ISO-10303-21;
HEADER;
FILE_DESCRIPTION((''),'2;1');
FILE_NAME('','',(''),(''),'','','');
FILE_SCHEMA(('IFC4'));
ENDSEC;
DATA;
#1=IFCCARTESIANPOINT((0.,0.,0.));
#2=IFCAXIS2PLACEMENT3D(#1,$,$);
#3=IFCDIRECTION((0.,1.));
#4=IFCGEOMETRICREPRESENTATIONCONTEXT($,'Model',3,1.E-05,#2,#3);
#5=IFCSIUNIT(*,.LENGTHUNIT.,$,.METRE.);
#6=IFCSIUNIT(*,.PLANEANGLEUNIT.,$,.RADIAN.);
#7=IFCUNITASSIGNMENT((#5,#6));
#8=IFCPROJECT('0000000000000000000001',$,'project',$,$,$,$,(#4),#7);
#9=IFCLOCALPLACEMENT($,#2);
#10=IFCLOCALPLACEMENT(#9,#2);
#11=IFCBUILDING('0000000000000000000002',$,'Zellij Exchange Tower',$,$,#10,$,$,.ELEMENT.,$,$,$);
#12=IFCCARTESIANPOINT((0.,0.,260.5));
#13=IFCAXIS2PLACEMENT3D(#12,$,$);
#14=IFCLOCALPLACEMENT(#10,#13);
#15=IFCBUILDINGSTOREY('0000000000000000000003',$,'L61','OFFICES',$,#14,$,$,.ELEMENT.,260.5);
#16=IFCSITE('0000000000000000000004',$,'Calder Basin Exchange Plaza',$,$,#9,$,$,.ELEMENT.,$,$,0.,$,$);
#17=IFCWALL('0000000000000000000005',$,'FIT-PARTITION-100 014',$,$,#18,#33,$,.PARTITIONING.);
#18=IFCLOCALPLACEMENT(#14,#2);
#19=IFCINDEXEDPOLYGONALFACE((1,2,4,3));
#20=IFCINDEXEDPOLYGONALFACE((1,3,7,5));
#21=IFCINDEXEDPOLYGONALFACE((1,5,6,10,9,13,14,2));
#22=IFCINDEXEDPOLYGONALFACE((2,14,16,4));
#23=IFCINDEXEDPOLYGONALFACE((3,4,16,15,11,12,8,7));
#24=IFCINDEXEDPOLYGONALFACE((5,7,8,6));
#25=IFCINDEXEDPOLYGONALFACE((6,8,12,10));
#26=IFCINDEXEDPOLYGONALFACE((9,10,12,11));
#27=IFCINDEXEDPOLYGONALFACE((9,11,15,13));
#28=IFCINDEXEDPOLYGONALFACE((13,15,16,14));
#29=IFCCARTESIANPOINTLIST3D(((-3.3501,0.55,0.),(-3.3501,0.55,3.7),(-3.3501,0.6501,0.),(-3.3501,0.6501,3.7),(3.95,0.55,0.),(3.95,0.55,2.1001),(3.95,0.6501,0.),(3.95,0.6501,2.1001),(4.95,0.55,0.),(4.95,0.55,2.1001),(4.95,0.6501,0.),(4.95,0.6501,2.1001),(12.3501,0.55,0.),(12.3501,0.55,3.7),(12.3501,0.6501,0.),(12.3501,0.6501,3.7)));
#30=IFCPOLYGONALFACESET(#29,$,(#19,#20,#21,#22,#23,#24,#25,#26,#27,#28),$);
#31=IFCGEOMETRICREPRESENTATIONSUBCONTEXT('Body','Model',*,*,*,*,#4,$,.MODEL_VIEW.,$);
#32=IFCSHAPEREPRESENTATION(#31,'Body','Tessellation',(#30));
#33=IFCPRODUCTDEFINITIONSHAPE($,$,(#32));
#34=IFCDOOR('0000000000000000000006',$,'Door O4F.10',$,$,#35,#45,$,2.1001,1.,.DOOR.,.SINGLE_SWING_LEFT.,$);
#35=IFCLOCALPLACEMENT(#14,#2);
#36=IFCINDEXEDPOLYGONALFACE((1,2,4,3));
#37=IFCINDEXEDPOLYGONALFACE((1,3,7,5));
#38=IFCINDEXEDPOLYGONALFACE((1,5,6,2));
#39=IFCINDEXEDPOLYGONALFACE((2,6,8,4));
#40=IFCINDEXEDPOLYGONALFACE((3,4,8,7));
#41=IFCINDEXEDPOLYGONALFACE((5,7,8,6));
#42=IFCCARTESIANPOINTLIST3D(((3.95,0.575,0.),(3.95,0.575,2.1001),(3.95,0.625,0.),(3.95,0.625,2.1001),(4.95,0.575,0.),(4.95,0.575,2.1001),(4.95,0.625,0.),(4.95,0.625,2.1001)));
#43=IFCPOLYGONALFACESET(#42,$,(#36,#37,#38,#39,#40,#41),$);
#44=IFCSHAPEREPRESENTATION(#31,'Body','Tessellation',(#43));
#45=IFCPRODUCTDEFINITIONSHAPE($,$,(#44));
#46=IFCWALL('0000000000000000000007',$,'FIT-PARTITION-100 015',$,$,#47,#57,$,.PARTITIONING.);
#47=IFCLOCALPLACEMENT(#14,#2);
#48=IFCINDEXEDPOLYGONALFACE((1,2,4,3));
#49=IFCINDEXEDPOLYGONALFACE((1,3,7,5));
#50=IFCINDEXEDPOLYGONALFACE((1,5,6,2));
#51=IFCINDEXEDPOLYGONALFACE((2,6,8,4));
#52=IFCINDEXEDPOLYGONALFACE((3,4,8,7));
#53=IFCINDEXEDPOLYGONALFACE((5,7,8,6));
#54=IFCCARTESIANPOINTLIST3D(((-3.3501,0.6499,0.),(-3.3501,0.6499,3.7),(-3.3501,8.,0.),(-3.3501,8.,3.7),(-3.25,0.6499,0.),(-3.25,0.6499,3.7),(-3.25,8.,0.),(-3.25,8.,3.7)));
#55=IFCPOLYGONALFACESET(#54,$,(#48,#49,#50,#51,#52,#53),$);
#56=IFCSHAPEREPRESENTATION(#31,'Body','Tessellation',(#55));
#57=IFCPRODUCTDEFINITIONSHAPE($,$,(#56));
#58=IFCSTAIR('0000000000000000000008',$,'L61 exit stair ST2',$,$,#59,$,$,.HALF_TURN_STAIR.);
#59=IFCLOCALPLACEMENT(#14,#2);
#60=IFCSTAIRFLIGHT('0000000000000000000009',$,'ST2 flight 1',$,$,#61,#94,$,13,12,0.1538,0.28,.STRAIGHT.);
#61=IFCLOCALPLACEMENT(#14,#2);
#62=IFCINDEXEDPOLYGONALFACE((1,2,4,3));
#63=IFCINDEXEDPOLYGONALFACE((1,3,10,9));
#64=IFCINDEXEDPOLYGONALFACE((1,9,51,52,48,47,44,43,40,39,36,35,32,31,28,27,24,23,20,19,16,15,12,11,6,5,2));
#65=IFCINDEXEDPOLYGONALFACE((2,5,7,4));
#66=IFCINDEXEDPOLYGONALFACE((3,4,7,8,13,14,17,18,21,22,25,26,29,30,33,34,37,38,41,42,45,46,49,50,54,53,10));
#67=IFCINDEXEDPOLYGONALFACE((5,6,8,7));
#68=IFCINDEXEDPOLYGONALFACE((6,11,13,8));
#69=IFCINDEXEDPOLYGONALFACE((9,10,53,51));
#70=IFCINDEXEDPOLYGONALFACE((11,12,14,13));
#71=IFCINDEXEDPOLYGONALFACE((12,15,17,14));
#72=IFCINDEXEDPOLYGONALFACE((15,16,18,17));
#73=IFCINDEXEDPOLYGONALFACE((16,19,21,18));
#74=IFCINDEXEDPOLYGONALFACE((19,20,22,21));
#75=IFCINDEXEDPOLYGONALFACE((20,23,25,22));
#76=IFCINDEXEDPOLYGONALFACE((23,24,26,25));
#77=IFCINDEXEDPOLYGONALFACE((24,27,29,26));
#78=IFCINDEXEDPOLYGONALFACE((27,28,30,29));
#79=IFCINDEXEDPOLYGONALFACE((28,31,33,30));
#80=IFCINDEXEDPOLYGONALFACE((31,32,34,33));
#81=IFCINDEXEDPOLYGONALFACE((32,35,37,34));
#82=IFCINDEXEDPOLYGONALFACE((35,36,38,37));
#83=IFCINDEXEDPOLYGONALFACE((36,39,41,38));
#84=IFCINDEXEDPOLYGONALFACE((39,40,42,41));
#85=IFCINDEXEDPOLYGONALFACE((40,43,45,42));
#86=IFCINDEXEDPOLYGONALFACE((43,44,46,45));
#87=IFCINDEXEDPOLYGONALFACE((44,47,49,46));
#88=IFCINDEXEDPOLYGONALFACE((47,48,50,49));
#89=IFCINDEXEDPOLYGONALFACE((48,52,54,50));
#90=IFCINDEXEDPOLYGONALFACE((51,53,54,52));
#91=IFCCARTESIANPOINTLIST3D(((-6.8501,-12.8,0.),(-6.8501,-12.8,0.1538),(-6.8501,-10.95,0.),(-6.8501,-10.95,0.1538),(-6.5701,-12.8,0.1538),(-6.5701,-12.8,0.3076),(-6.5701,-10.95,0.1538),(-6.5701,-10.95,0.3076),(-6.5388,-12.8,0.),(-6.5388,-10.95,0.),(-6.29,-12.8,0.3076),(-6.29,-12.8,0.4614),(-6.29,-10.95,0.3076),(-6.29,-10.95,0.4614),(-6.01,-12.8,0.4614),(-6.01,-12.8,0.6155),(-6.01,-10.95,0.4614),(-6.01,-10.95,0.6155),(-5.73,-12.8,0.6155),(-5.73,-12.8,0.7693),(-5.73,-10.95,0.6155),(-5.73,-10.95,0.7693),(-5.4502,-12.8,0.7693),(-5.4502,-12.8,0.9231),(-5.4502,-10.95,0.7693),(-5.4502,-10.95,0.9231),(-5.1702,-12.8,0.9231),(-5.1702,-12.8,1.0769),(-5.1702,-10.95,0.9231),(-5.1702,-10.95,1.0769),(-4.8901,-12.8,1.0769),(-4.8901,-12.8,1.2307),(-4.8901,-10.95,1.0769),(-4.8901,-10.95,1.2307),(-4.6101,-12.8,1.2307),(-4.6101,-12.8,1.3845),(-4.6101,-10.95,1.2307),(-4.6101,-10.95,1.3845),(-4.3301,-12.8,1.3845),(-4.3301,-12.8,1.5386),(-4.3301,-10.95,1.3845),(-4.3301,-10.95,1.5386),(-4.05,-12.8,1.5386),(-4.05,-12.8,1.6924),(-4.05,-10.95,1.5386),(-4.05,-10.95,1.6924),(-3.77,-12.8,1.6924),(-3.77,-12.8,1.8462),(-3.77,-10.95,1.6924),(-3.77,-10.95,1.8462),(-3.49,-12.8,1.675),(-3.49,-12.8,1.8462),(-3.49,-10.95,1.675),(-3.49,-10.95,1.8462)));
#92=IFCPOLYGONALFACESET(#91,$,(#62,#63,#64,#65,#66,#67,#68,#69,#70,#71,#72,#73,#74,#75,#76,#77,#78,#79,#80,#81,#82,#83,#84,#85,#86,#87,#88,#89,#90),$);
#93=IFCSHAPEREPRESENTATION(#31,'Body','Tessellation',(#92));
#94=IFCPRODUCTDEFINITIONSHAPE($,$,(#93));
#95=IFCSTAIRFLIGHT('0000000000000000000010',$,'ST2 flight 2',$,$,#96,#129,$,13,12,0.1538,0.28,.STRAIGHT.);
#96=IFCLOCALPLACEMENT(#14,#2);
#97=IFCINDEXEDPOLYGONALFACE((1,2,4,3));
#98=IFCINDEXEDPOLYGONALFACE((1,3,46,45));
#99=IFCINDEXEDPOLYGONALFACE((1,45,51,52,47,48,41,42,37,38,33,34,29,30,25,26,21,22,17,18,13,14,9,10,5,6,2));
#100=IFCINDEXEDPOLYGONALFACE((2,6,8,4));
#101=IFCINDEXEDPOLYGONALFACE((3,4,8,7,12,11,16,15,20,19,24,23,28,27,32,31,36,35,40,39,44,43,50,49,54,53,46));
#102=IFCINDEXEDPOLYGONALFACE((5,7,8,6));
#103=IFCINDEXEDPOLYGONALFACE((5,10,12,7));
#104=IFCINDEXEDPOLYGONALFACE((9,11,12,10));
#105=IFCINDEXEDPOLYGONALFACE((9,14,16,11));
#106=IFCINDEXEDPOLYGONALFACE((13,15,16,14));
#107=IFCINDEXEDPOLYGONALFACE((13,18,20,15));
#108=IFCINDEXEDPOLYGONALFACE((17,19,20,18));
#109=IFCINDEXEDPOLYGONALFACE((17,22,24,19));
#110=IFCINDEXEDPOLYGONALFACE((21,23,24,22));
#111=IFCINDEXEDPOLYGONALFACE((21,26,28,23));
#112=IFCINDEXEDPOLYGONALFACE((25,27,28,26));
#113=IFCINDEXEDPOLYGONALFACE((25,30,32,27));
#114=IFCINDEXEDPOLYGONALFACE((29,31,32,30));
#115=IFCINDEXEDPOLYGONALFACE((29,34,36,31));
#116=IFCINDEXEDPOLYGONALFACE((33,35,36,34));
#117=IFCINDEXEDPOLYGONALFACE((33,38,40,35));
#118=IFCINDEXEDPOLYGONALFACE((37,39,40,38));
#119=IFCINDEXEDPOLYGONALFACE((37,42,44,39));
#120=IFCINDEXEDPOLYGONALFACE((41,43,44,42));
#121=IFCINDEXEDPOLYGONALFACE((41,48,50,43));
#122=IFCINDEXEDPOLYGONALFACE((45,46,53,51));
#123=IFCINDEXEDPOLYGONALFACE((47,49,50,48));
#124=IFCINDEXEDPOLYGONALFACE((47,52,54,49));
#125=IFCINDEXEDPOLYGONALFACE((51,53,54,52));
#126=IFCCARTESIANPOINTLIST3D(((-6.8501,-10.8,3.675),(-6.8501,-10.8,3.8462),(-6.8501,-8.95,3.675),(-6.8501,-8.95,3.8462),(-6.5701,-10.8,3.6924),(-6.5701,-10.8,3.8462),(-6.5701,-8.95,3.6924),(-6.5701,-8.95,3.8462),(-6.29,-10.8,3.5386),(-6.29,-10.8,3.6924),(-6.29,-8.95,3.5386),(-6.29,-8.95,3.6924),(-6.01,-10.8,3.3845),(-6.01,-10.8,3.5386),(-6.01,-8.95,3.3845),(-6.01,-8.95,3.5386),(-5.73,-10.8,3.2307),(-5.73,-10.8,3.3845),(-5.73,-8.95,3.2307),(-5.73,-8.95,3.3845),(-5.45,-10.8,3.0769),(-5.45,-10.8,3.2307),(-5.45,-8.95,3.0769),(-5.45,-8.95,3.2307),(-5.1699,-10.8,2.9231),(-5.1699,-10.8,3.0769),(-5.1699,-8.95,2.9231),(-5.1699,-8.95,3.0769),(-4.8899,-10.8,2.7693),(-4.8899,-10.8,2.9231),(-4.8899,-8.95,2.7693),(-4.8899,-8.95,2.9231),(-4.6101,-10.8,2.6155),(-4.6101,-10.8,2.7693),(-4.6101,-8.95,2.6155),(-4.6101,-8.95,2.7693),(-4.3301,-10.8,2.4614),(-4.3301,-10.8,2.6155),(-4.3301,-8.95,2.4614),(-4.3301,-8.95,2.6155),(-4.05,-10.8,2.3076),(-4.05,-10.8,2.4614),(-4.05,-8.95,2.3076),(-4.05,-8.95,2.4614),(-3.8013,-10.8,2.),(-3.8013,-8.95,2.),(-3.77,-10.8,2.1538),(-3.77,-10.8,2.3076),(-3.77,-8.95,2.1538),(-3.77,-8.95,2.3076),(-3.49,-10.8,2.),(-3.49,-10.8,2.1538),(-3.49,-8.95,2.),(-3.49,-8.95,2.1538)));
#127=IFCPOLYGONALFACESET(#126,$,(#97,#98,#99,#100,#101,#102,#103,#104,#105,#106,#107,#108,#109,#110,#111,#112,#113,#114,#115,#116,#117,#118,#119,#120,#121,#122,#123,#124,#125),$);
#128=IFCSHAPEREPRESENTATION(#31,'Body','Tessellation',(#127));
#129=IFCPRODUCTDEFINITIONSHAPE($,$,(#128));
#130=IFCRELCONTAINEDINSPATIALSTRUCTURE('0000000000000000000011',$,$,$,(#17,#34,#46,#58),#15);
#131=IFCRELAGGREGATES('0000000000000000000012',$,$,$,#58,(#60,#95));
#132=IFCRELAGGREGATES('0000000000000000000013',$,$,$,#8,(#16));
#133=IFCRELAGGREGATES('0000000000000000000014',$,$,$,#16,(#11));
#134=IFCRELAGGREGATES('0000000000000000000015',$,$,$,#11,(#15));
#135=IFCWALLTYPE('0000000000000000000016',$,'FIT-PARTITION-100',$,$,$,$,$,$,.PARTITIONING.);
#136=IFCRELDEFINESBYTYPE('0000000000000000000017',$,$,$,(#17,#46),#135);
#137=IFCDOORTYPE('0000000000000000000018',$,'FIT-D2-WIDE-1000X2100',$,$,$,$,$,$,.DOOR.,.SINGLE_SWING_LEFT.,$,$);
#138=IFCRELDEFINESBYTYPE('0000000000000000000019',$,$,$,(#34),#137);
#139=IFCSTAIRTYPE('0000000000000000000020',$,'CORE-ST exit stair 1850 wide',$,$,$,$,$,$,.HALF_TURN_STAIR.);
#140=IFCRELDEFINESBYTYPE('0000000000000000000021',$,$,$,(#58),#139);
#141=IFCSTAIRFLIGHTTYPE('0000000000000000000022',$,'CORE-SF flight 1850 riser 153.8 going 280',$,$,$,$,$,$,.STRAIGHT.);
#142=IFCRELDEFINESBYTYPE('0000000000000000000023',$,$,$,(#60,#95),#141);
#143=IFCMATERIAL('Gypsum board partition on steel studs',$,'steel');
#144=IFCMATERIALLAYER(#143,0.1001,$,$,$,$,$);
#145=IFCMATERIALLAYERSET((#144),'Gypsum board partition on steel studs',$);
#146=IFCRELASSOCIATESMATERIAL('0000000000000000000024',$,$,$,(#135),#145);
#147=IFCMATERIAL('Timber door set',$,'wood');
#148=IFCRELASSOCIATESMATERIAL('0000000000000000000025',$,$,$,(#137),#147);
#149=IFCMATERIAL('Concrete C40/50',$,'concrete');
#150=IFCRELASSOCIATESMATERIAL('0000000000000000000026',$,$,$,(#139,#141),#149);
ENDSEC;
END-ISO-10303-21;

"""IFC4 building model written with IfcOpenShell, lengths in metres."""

from ifc_helpers import new_model, si_unit, direction, frame, frame_2d, origin, place, context, subcontext, project, spatial, polyline, rectangle, outline, extrude, material, layer, layer_set, type_object, element, fill, aggregate, save


model = new_model("IFC4")

# Units and contexts
model_context = context("Model", 3, precision=1e-05, world=origin(), true_north=direction((0.0, 1.0)))
body_context = subcontext(model_context, "Body", "Model", "MODEL_VIEW")
ifc_project = project(units=[si_unit("LENGTHUNIT", "METRE"), si_unit("PLANEANGLEUNIT", "RADIAN")], contexts=[model_context])

# Site, building, storey
site_placement = place(None, origin())
site = spatial("IfcSite", under=ifc_project, at=site_placement, Name="Calder Basin Exchange Plaza", CompositionType="ELEMENT", RefElevation=0.0)
building_placement = place(site_placement, origin())
building = spatial("IfcBuilding", under=site, at=building_placement, Name="Zellij Exchange Tower", CompositionType="ELEMENT")
storey_placement = place(building_placement, frame((0.0, 0.0, 260.5)))
storey = spatial("IfcBuildingStorey", under=building, at=storey_placement, Name="L61", Description="OFFICES", CompositionType="ELEMENT", Elevation=260.5)

# Shared definitions
ifc_material_1 = material(Name="Concrete C40/50", Category="concrete")

# Wall, opening, door
ifc_material_2 = material(Name="Gypsum board partition on steel studs", Category="steel")
ifc_layer_1 = layer(ifc_material_2, 0.1001)
ifc_layer_set_1 = layer_set([ifc_layer_1], Name="Gypsum board partition on steel studs")
wall_type_1 = type_object("IfcWallType", Name="FIT-PARTITION-100", PredefinedType="PARTITIONING", material=ifc_layer_set_1)
wall_1_placement = place(storey_placement, frame((-3.3501, 0.6001, 0.0), z_axis=(0.0, 0.0, 1.0), x_axis=(1.0, 0.0, 0.0)))
wall_1 = element("IfcWall", 1, at=wall_1_placement, inside=storey, type_object=wall_type_1, Name="FIT-PARTITION-100 014", PredefinedType="PARTITIONING", context=body_context, shape_type="SweptSolid", body=[
    extrude(rectangle(XDim=15.7002, YDim=0.1001, at=frame_2d((7.8501, 0.0))), origin(), (0.0, 0.0, 1.0), 3.7),
])
opening_1_placement = place(wall_1_placement, frame((7.3, 0.0, 0.0)))
opening_1 = element("IfcOpeningElement", 2, at=opening_1_placement, cuts=wall_1, PredefinedType="OPENING", context=body_context, shape_type="SweptSolid", body=[
    extrude(rectangle(XDim=1.0, YDim=2.1001, at=frame_2d((0.5, 1.05))), frame((0.0, 0.062, 0.0), z_axis=(0.0, -1.0, 0.0), x_axis=(1.0, 0.0, 0.0)), (0.0, 0.0, 1.0), 0.124),
])
ifc_material_3 = material(Name="Timber door set", Category="wood")
door_type_1 = type_object("IfcDoorType", Name="FIT-D2-WIDE-1000X2100", OperationType="SINGLE_SWING_LEFT", PredefinedType="DOOR", material=ifc_material_3)
door_1_placement = place(opening_1_placement, origin())
door_1 = element("IfcDoor", 3, at=door_1_placement, inside=storey, type_object=door_type_1, Name="Door O4F.10", OperationType="SINGLE_SWING_LEFT", OverallHeight=2.1001, OverallWidth=1.0, PredefinedType="DOOR", context=body_context, shape_type="SweptSolid", body=[
    extrude(rectangle(XDim=1.0, YDim=2.1001, at=frame_2d((0.5, 1.05))), frame((0.0, 0.0249, 0.0), z_axis=(0.0, -1.0, 0.0), x_axis=(1.0, 0.0, 0.0)), (0.0, 0.0, 1.0), 0.05),
])
fill(opening_1, door_1)

# Wall
wall_2_placement = place(storey_placement, frame((-3.3, 0.6499, 0.0), z_axis=(0.0, 0.0, 1.0), x_axis=(0.0, 1.0, 0.0)))
element("IfcWall", 4, at=wall_2_placement, inside=storey, type_object=wall_type_1, Name="FIT-PARTITION-100 015", PredefinedType="PARTITIONING", context=body_context, shape_type="SweptSolid", body=[
    extrude(rectangle(XDim=7.3501, YDim=0.1001, at=frame_2d((3.675, 0.0))), origin(), (0.0, 0.0, 1.0), 3.7),
])

# Stair, stair flights
stair_type = type_object("IfcStairType", Name="CORE-ST exit stair 1850 wide", PredefinedType="HALF_TURN_STAIR", material=ifc_material_1)
stair_placement = place(storey_placement, origin())
stair = element("IfcStair", 5, at=stair_placement, inside=storey, type_object=stair_type, Name="L61 exit stair ST2", PredefinedType="HALF_TURN_STAIR")
stair_flight_type = type_object("IfcStairFlightType", Name="CORE-SF flight 1850 riser 153.8 going 280", PredefinedType="STRAIGHT", material=ifc_material_1)
stair_flight_1_placement = place(storey_placement, frame((-6.8501, -11.875, 0.0), z_axis=(0.0, 0.0, 1.0), x_axis=(1.0, 0.0, 0.0)))
stair_flight_1 = element("IfcStairFlight", 6, at=stair_flight_1_placement, type_object=stair_flight_type, Name="ST2 flight 1", NumberOfRisers=13, NumberOfTreads=12, PredefinedType="STRAIGHT", RiserHeight=0.1538, TreadLength=0.28, context=body_context, shape_type="SweptSolid", body=[
    extrude(outline(polyline([(0.0, 0.0), (0.0, 0.1538), (0.28, 0.1538), (0.28, 0.3076), (0.5601, 0.3076), (0.5601, 0.4614), (0.8401, 0.4614), (0.8401, 0.6155), (1.1201, 0.6155), (1.1201, 0.7693), (1.3999, 0.7693), (1.3999, 0.9231), (1.6799, 0.9231), (1.6799, 1.0769), (1.96, 1.0769), (1.96, 1.2307), (2.24, 1.2307), (2.24, 1.3845), (2.52, 1.3845), (2.52, 1.5386), (2.8, 1.5386), (2.8, 1.6924), (3.0801, 1.6924), (3.0801, 1.8462), (3.3601, 1.8462), (3.3601, 2.0), (3.3601, 1.675), (0.3113, 0.0), (0.0, 0.0)])), frame((0.0, 0.925, 0.0), z_axis=(0.0, -1.0, 0.0), x_axis=(1.0, 0.0, 0.0)), (0.0, 0.0, 1.0), 1.8501),
])
stair_flight_2_placement = place(storey_placement, frame((-3.49, -9.875, 2.0), z_axis=(0.0, 0.0, 1.0), x_axis=(-1.0, 0.0, 0.0)))
stair_flight_2 = element("IfcStairFlight", 7, at=stair_flight_2_placement, type_object=stair_flight_type, Name="ST2 flight 2", NumberOfRisers=13, NumberOfTreads=12, PredefinedType="STRAIGHT", RiserHeight=0.1538, TreadLength=0.28, context=body_context, shape_type="SweptSolid", body=[
    extrude(outline(polyline([(0.0, 0.0), (0.0, 0.1538), (0.28, 0.1538), (0.28, 0.3076), (0.5601, 0.3076), (0.5601, 0.4614), (0.8401, 0.4614), (0.8401, 0.6155), (1.1201, 0.6155), (1.1201, 0.7693), (1.3999, 0.7693), (1.3999, 0.9231), (1.6799, 0.9231), (1.6799, 1.0769), (1.96, 1.0769), (1.96, 1.2307), (2.24, 1.2307), (2.24, 1.3845), (2.52, 1.3845), (2.52, 1.5386), (2.8, 1.5386), (2.8, 1.6924), (3.0801, 1.6924), (3.0801, 1.8462), (3.3601, 1.8462), (3.3601, 2.0), (3.3601, 1.675), (0.3113, 0.0), (0.0, 0.0)])), frame((0.0, 0.925, 0.0), z_axis=(0.0, -1.0, 0.0), x_axis=(1.0, 0.0, 0.0)), (0.0, 0.0, 1.0), 1.8501),
])
aggregate(stair, [stair_flight_1, stair_flight_2])

save(model, "model.ifc")
